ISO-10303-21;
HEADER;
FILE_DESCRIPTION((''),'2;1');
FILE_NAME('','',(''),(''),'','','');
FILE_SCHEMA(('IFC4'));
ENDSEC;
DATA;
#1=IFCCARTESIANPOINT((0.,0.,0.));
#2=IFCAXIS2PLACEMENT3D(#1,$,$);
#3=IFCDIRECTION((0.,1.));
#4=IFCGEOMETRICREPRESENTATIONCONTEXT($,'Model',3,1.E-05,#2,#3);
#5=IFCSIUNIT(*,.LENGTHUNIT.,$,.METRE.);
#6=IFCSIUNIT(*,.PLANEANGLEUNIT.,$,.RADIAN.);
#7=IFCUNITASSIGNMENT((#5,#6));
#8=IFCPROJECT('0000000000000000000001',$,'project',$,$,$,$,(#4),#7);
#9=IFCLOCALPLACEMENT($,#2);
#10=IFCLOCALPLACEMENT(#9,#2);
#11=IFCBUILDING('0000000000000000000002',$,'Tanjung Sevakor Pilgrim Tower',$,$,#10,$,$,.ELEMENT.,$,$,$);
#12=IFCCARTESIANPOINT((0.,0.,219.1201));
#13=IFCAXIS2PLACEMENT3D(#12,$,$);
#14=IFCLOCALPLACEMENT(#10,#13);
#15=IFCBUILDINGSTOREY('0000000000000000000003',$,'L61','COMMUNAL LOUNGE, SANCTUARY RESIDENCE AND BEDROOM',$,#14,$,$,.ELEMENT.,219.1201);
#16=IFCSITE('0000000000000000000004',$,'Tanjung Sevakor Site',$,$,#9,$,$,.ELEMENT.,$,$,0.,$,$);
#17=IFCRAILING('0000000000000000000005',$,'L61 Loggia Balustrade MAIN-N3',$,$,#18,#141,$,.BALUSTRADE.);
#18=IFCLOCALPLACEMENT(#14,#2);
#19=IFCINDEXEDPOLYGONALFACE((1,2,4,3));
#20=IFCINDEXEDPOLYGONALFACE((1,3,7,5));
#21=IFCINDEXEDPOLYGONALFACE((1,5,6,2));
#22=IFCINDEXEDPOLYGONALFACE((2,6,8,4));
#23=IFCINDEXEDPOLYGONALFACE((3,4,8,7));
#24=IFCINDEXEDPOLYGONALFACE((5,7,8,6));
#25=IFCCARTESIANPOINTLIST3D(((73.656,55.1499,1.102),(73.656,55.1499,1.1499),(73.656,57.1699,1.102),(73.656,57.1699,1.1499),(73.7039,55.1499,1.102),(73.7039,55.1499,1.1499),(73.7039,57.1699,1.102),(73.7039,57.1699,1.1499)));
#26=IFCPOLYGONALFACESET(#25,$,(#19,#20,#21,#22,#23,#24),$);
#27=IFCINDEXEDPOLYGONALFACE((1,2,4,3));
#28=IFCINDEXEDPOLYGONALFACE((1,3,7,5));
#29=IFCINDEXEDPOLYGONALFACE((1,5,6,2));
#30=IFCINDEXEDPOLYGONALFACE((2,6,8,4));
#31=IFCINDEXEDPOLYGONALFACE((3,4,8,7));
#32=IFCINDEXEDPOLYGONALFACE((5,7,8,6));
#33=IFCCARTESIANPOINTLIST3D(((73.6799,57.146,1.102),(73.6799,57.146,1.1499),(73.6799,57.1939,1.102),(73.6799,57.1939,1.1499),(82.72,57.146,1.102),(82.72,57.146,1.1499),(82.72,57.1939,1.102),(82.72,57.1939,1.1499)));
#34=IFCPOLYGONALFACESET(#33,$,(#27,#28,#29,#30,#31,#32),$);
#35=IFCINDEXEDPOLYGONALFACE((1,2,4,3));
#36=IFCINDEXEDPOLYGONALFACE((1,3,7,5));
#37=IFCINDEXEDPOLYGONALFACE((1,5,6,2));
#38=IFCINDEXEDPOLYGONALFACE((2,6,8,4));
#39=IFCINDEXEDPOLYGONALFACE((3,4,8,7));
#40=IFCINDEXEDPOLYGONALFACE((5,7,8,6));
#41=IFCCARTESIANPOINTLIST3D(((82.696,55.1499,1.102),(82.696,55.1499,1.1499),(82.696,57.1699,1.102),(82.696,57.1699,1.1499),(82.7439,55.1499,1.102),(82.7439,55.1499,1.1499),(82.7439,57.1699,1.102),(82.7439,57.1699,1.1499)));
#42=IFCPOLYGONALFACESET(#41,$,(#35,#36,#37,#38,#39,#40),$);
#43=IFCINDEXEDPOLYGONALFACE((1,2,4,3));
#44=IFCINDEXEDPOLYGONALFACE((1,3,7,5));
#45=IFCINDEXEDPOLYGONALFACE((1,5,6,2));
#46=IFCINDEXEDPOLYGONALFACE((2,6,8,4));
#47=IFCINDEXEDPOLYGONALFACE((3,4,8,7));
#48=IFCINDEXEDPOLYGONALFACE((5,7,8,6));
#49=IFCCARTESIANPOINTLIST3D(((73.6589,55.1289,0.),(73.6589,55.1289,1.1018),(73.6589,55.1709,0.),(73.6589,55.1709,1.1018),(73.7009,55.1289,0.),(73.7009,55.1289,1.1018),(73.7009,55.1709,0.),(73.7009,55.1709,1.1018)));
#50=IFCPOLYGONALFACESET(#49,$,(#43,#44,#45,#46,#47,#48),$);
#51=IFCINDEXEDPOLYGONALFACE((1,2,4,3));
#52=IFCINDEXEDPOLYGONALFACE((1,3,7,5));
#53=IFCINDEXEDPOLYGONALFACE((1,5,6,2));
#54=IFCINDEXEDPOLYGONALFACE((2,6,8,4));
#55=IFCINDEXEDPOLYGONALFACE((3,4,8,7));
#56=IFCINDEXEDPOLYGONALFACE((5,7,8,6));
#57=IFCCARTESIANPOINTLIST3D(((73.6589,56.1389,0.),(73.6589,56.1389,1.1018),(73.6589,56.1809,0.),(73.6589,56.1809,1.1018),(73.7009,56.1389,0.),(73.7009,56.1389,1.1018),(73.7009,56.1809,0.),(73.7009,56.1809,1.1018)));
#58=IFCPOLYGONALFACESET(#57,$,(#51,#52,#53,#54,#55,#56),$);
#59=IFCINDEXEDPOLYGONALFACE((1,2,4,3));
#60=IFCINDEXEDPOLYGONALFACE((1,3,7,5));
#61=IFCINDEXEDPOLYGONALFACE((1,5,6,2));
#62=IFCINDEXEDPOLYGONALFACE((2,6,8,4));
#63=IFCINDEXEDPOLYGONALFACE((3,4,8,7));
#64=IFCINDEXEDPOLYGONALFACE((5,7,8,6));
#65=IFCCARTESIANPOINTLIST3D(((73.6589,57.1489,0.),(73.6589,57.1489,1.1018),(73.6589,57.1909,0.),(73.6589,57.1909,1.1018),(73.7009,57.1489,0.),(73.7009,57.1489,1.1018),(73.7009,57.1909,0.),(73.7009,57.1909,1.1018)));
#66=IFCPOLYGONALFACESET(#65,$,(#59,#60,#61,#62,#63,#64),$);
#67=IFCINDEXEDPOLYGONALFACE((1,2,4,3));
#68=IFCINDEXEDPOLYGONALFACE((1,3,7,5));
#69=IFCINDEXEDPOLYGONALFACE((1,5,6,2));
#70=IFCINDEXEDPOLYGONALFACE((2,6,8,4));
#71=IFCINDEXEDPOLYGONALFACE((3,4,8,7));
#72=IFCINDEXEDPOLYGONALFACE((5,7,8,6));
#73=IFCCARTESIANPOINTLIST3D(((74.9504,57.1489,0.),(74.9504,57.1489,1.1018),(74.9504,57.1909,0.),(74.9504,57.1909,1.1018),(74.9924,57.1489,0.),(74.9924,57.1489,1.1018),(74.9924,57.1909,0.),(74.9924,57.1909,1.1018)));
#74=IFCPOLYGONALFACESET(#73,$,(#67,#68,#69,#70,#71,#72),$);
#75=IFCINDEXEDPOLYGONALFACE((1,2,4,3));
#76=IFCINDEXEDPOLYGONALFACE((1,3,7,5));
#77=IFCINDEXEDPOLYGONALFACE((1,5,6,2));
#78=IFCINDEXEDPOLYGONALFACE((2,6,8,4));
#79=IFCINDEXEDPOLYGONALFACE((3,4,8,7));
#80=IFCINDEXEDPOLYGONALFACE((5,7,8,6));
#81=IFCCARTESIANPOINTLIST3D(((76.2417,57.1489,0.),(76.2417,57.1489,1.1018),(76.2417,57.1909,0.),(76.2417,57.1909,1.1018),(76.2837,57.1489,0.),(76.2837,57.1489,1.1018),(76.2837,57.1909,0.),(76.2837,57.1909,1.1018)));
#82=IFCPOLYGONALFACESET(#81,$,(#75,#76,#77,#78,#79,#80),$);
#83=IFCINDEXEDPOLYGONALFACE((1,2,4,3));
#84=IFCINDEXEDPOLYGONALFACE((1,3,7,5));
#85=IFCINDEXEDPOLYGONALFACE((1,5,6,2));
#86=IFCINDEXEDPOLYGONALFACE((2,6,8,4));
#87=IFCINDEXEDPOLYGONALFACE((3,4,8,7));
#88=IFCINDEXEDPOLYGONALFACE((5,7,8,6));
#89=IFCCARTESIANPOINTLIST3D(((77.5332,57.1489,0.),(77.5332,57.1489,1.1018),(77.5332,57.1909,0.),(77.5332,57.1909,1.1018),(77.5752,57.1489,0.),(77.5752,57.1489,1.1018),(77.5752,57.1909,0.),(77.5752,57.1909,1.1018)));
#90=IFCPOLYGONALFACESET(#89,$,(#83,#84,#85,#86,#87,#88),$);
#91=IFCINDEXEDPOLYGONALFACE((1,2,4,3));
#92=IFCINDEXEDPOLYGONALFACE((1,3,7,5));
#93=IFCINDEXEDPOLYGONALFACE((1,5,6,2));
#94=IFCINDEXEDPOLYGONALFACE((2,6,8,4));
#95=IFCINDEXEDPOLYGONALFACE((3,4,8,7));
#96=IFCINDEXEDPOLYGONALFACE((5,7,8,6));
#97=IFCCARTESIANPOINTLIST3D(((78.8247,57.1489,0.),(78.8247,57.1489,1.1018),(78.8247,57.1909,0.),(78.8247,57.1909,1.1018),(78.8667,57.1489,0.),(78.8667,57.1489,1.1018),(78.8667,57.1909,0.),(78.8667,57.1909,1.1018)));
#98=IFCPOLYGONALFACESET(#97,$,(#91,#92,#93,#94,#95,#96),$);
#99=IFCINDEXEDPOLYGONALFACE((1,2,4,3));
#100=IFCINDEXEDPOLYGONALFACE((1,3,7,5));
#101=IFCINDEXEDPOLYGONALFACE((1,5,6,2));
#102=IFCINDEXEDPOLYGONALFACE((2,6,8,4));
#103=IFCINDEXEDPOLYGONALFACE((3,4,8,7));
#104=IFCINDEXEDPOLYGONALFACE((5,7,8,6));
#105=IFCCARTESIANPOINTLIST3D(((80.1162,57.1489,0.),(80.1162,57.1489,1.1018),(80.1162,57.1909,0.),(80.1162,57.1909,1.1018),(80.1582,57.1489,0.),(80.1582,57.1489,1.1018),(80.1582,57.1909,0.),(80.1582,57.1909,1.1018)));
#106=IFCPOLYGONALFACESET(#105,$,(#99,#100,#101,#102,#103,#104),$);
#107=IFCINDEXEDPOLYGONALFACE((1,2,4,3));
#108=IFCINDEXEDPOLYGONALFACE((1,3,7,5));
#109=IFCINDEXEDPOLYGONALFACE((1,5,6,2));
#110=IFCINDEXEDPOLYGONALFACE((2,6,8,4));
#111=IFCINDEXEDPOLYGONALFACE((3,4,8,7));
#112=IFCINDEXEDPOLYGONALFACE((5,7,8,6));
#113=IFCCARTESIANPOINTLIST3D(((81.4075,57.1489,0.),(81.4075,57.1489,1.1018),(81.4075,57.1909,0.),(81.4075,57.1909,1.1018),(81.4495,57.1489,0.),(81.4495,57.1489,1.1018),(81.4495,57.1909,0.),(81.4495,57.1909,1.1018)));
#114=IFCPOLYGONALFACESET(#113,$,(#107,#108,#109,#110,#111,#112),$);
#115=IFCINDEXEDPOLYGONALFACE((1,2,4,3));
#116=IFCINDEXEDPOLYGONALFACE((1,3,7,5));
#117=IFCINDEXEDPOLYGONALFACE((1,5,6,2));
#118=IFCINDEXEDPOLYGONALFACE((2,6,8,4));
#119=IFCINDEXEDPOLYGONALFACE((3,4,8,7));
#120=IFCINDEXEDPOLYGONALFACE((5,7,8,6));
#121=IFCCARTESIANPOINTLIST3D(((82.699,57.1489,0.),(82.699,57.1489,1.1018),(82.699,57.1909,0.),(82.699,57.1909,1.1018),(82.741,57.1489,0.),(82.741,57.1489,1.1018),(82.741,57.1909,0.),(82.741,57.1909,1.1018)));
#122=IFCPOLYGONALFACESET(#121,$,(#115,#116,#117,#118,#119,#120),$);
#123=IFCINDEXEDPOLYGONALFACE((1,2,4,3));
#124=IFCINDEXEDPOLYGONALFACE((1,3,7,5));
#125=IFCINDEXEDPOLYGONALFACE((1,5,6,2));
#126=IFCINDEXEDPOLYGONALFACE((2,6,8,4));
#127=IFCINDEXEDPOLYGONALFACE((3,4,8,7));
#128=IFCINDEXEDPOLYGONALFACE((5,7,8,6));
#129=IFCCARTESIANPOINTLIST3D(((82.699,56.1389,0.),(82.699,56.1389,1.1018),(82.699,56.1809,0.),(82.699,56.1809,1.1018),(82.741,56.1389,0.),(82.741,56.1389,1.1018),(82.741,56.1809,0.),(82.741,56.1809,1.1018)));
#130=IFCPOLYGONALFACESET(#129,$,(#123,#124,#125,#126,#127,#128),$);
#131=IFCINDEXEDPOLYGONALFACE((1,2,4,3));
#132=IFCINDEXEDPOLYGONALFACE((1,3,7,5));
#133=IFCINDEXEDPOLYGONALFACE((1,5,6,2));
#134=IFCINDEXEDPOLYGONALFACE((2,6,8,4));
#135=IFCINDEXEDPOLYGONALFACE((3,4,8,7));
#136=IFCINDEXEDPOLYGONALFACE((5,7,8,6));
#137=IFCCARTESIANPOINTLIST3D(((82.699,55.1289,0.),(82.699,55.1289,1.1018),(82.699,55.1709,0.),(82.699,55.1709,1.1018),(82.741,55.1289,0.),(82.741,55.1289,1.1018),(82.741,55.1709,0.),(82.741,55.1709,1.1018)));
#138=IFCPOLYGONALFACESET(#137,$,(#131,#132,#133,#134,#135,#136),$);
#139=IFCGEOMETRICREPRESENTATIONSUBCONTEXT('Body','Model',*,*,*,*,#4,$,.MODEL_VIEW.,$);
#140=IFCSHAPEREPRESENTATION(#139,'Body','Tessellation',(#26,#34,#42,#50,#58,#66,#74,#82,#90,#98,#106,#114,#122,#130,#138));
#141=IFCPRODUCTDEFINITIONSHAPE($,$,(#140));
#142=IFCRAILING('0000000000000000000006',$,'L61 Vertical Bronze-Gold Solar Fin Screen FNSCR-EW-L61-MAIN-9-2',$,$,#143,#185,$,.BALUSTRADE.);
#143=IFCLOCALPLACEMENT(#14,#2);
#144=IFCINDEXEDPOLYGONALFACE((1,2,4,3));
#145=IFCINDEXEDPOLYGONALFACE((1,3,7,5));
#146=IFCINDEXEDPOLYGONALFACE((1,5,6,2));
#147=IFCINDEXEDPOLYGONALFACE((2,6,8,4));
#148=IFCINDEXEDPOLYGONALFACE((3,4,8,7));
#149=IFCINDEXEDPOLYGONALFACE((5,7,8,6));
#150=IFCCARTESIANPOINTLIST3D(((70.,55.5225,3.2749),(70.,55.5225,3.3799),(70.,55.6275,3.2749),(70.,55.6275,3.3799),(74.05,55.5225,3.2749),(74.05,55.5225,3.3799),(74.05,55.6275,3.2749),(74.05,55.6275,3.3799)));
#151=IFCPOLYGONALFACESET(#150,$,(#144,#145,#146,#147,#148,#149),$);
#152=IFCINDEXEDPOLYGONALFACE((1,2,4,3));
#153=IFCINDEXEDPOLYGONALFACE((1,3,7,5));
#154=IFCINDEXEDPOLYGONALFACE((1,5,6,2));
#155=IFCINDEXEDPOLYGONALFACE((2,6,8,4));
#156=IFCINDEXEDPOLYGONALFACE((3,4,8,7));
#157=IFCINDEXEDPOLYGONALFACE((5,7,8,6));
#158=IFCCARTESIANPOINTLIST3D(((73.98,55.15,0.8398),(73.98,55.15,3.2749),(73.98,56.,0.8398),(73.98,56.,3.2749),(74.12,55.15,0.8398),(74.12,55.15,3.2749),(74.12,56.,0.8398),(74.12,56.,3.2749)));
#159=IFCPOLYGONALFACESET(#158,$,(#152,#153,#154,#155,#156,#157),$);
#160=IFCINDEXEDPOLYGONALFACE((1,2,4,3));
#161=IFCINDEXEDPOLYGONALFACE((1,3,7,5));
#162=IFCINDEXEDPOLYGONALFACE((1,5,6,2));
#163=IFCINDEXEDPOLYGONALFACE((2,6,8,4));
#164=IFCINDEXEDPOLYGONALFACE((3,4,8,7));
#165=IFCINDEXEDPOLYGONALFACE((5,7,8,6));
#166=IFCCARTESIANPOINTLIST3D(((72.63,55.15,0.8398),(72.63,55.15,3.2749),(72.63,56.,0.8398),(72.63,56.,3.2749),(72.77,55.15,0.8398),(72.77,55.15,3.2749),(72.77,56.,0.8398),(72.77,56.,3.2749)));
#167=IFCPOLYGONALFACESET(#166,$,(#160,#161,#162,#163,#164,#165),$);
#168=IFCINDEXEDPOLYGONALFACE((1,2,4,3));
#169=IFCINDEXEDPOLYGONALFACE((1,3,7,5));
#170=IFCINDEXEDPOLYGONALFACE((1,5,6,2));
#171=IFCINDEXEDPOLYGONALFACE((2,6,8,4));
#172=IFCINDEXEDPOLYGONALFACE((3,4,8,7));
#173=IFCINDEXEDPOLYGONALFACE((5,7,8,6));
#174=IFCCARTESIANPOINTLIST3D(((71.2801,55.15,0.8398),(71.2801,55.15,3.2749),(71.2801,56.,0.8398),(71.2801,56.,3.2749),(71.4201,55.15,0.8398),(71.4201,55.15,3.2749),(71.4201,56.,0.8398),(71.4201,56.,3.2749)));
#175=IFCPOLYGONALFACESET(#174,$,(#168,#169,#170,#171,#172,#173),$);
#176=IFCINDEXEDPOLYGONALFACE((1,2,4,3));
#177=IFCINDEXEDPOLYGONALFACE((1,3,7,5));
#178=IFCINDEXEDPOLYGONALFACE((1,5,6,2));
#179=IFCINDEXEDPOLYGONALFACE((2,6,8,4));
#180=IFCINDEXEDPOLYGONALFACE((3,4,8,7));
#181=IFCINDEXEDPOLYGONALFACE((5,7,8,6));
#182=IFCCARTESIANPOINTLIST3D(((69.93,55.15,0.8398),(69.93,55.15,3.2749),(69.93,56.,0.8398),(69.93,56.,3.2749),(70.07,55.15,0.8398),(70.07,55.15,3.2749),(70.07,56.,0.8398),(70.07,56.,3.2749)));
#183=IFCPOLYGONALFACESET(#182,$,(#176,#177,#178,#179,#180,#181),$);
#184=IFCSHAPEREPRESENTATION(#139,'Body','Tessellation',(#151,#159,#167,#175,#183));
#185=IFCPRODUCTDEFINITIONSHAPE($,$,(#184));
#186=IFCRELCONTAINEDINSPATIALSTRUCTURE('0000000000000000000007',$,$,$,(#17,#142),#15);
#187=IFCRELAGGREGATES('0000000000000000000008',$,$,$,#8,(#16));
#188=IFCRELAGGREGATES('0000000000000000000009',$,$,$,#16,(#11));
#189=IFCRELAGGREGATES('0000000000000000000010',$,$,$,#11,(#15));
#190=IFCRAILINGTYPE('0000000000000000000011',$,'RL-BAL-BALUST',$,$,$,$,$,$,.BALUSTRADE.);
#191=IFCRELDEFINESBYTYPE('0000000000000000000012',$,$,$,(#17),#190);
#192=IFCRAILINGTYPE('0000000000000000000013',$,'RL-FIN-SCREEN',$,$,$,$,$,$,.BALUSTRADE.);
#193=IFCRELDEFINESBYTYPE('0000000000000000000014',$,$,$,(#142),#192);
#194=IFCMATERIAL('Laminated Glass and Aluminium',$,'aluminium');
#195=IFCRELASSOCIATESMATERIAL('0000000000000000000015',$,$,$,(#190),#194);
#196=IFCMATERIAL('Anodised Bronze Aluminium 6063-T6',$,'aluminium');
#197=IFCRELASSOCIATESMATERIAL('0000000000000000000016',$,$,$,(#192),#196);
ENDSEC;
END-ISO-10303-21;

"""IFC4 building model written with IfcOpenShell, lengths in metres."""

from ifc_helpers import new_model, si_unit, direction, frame, origin, place, context, subcontext, project, spatial, rectangle, extrude, material, type_object, element, save


model = new_model("IFC4")

# Units and contexts
model_context = context("Model", 3, precision=1e-05, world=origin(), true_north=direction((0.0, 1.0)))
body_context = subcontext(model_context, "Body", "Model", "MODEL_VIEW")
ifc_project = project(units=[si_unit("LENGTHUNIT", "METRE"), si_unit("PLANEANGLEUNIT", "RADIAN")], contexts=[model_context])

# Site, building, storey
site_placement = place(None, origin())
site = spatial("IfcSite", under=ifc_project, at=site_placement, Name="Tanjung Sevakor Site", CompositionType="ELEMENT", RefElevation=0.0)
building_placement = place(site_placement, origin())
building = spatial("IfcBuilding", under=site, at=building_placement, Name="Tanjung Sevakor Pilgrim Tower", CompositionType="ELEMENT")
storey_placement = place(building_placement, frame((0.0, 0.0, 219.1201)))
storey = spatial("IfcBuildingStorey", under=building, at=storey_placement, Name="L61", Description="COMMUNAL LOUNGE, SANCTUARY RESIDENCE AND BEDROOM", CompositionType="ELEMENT", Elevation=219.1201)

# Railings
ifc_material_1 = material(Name="Laminated Glass and Aluminium", Category="aluminium")
railing_type_1 = type_object("IfcRailingType", Name="RL-BAL-BALUST", PredefinedType="BALUSTRADE", material=ifc_material_1)
railing_1_placement = place(storey_placement, frame((73.6799, 55.1499, 0.0)))
element("IfcRailing", 1, at=railing_1_placement, inside=storey, type_object=railing_type_1, Name="L61 Loggia Balustrade MAIN-N3", PredefinedType="BALUSTRADE", context=body_context, shape_type="SweptSolid", body=[
    extrude(rectangle(XDim=0.0479, YDim=0.0479), frame((0.0, 0.0, 1.126), z_axis=(0.0, 1.0, 0.0), x_axis=(-1.0, 0.0, 0.0)), (0.0, 0.0, 1.0), 2.02),
    extrude(rectangle(XDim=0.0479, YDim=0.0479), frame((0.0, 2.02, 1.126), z_axis=(1.0, 0.0, 0.0), x_axis=(0.0, 1.0, 0.0)), (0.0, 0.0, 1.0), 9.04),
    extrude(rectangle(XDim=0.0479, YDim=0.0479), frame((9.04, 2.02, 1.126), z_axis=(0.0, -1.0, 0.0), x_axis=(1.0, 0.0, 0.0)), (0.0, 0.0, 1.0), 2.02),
    extrude(rectangle(XDim=0.042, YDim=0.042), origin(), (0.0, 0.0, 1.0), 1.1018),
    extrude(rectangle(XDim=0.042, YDim=0.042), frame((0.0, 1.01, 0.0)), (0.0, 0.0, 1.0), 1.1018),
    extrude(rectangle(XDim=0.042, YDim=0.042), frame((0.0, 2.02, 0.0)), (0.0, 0.0, 1.0), 1.1018),
    extrude(rectangle(XDim=0.042, YDim=0.042), frame((1.2915, 2.02, 0.0)), (0.0, 0.0, 1.0), 1.1018),
    extrude(rectangle(XDim=0.042, YDim=0.042), frame((2.5828, 2.02, 0.0)), (0.0, 0.0, 1.0), 1.1018),
    extrude(rectangle(XDim=0.042, YDim=0.042), frame((3.8743, 2.02, 0.0)), (0.0, 0.0, 1.0), 1.1018),
    extrude(rectangle(XDim=0.042, YDim=0.042), frame((5.1658, 2.02, 0.0)), (0.0, 0.0, 1.0), 1.1018),
    extrude(rectangle(XDim=0.042, YDim=0.042), frame((6.4573, 2.02, 0.0)), (0.0, 0.0, 1.0), 1.1018),
    extrude(rectangle(XDim=0.042, YDim=0.042), frame((7.7485, 2.02, 0.0)), (0.0, 0.0, 1.0), 1.1018),
    extrude(rectangle(XDim=0.042, YDim=0.042), frame((9.04, 2.02, 0.0)), (0.0, 0.0, 1.0), 1.1018),
    extrude(rectangle(XDim=0.042, YDim=0.042), frame((9.04, 1.01, 0.0)), (0.0, 0.0, 1.0), 1.1018),
    extrude(rectangle(XDim=0.042, YDim=0.042), frame((9.04, 0.0, 0.0)), (0.0, 0.0, 1.0), 1.1018),
])
ifc_material_2 = material(Name="Anodised Bronze Aluminium 6063-T6", Category="aluminium")
railing_type_2 = type_object("IfcRailingType", Name="RL-FIN-SCREEN", PredefinedType="BALUSTRADE", material=ifc_material_2)
railing_2_placement = place(storey_placement, frame((74.05, 55.575, 0.8398)))
element("IfcRailing", 2, at=railing_2_placement, inside=storey, type_object=railing_type_2, Name="L61 Vertical Bronze-Gold Solar Fin Screen FNSCR-EW-L61-MAIN-9-2", PredefinedType="BALUSTRADE", context=body_context, shape_type="SweptSolid", body=[
    extrude(rectangle(XDim=0.105, YDim=0.105), frame((0.0, 0.0, 2.4875), z_axis=(-1.0, 0.0, 0.0), x_axis=(0.0, -1.0, 0.0)), (0.0, 0.0, 1.0), 4.05),
    extrude(rectangle(XDim=0.14, YDim=0.85), origin(), (0.0, 0.0, 1.0), 2.4351),
    extrude(rectangle(XDim=0.14, YDim=0.85), frame((-1.3501, 0.0, 0.0)), (0.0, 0.0, 1.0), 2.4351),
    extrude(rectangle(XDim=0.14, YDim=0.85), frame((-2.7, 0.0, 0.0)), (0.0, 0.0, 1.0), 2.4351),
    extrude(rectangle(XDim=0.14, YDim=0.85), frame((-4.05, 0.0, 0.0)), (0.0, 0.0, 1.0), 2.4351),
])

save(model, "model.ifc")
